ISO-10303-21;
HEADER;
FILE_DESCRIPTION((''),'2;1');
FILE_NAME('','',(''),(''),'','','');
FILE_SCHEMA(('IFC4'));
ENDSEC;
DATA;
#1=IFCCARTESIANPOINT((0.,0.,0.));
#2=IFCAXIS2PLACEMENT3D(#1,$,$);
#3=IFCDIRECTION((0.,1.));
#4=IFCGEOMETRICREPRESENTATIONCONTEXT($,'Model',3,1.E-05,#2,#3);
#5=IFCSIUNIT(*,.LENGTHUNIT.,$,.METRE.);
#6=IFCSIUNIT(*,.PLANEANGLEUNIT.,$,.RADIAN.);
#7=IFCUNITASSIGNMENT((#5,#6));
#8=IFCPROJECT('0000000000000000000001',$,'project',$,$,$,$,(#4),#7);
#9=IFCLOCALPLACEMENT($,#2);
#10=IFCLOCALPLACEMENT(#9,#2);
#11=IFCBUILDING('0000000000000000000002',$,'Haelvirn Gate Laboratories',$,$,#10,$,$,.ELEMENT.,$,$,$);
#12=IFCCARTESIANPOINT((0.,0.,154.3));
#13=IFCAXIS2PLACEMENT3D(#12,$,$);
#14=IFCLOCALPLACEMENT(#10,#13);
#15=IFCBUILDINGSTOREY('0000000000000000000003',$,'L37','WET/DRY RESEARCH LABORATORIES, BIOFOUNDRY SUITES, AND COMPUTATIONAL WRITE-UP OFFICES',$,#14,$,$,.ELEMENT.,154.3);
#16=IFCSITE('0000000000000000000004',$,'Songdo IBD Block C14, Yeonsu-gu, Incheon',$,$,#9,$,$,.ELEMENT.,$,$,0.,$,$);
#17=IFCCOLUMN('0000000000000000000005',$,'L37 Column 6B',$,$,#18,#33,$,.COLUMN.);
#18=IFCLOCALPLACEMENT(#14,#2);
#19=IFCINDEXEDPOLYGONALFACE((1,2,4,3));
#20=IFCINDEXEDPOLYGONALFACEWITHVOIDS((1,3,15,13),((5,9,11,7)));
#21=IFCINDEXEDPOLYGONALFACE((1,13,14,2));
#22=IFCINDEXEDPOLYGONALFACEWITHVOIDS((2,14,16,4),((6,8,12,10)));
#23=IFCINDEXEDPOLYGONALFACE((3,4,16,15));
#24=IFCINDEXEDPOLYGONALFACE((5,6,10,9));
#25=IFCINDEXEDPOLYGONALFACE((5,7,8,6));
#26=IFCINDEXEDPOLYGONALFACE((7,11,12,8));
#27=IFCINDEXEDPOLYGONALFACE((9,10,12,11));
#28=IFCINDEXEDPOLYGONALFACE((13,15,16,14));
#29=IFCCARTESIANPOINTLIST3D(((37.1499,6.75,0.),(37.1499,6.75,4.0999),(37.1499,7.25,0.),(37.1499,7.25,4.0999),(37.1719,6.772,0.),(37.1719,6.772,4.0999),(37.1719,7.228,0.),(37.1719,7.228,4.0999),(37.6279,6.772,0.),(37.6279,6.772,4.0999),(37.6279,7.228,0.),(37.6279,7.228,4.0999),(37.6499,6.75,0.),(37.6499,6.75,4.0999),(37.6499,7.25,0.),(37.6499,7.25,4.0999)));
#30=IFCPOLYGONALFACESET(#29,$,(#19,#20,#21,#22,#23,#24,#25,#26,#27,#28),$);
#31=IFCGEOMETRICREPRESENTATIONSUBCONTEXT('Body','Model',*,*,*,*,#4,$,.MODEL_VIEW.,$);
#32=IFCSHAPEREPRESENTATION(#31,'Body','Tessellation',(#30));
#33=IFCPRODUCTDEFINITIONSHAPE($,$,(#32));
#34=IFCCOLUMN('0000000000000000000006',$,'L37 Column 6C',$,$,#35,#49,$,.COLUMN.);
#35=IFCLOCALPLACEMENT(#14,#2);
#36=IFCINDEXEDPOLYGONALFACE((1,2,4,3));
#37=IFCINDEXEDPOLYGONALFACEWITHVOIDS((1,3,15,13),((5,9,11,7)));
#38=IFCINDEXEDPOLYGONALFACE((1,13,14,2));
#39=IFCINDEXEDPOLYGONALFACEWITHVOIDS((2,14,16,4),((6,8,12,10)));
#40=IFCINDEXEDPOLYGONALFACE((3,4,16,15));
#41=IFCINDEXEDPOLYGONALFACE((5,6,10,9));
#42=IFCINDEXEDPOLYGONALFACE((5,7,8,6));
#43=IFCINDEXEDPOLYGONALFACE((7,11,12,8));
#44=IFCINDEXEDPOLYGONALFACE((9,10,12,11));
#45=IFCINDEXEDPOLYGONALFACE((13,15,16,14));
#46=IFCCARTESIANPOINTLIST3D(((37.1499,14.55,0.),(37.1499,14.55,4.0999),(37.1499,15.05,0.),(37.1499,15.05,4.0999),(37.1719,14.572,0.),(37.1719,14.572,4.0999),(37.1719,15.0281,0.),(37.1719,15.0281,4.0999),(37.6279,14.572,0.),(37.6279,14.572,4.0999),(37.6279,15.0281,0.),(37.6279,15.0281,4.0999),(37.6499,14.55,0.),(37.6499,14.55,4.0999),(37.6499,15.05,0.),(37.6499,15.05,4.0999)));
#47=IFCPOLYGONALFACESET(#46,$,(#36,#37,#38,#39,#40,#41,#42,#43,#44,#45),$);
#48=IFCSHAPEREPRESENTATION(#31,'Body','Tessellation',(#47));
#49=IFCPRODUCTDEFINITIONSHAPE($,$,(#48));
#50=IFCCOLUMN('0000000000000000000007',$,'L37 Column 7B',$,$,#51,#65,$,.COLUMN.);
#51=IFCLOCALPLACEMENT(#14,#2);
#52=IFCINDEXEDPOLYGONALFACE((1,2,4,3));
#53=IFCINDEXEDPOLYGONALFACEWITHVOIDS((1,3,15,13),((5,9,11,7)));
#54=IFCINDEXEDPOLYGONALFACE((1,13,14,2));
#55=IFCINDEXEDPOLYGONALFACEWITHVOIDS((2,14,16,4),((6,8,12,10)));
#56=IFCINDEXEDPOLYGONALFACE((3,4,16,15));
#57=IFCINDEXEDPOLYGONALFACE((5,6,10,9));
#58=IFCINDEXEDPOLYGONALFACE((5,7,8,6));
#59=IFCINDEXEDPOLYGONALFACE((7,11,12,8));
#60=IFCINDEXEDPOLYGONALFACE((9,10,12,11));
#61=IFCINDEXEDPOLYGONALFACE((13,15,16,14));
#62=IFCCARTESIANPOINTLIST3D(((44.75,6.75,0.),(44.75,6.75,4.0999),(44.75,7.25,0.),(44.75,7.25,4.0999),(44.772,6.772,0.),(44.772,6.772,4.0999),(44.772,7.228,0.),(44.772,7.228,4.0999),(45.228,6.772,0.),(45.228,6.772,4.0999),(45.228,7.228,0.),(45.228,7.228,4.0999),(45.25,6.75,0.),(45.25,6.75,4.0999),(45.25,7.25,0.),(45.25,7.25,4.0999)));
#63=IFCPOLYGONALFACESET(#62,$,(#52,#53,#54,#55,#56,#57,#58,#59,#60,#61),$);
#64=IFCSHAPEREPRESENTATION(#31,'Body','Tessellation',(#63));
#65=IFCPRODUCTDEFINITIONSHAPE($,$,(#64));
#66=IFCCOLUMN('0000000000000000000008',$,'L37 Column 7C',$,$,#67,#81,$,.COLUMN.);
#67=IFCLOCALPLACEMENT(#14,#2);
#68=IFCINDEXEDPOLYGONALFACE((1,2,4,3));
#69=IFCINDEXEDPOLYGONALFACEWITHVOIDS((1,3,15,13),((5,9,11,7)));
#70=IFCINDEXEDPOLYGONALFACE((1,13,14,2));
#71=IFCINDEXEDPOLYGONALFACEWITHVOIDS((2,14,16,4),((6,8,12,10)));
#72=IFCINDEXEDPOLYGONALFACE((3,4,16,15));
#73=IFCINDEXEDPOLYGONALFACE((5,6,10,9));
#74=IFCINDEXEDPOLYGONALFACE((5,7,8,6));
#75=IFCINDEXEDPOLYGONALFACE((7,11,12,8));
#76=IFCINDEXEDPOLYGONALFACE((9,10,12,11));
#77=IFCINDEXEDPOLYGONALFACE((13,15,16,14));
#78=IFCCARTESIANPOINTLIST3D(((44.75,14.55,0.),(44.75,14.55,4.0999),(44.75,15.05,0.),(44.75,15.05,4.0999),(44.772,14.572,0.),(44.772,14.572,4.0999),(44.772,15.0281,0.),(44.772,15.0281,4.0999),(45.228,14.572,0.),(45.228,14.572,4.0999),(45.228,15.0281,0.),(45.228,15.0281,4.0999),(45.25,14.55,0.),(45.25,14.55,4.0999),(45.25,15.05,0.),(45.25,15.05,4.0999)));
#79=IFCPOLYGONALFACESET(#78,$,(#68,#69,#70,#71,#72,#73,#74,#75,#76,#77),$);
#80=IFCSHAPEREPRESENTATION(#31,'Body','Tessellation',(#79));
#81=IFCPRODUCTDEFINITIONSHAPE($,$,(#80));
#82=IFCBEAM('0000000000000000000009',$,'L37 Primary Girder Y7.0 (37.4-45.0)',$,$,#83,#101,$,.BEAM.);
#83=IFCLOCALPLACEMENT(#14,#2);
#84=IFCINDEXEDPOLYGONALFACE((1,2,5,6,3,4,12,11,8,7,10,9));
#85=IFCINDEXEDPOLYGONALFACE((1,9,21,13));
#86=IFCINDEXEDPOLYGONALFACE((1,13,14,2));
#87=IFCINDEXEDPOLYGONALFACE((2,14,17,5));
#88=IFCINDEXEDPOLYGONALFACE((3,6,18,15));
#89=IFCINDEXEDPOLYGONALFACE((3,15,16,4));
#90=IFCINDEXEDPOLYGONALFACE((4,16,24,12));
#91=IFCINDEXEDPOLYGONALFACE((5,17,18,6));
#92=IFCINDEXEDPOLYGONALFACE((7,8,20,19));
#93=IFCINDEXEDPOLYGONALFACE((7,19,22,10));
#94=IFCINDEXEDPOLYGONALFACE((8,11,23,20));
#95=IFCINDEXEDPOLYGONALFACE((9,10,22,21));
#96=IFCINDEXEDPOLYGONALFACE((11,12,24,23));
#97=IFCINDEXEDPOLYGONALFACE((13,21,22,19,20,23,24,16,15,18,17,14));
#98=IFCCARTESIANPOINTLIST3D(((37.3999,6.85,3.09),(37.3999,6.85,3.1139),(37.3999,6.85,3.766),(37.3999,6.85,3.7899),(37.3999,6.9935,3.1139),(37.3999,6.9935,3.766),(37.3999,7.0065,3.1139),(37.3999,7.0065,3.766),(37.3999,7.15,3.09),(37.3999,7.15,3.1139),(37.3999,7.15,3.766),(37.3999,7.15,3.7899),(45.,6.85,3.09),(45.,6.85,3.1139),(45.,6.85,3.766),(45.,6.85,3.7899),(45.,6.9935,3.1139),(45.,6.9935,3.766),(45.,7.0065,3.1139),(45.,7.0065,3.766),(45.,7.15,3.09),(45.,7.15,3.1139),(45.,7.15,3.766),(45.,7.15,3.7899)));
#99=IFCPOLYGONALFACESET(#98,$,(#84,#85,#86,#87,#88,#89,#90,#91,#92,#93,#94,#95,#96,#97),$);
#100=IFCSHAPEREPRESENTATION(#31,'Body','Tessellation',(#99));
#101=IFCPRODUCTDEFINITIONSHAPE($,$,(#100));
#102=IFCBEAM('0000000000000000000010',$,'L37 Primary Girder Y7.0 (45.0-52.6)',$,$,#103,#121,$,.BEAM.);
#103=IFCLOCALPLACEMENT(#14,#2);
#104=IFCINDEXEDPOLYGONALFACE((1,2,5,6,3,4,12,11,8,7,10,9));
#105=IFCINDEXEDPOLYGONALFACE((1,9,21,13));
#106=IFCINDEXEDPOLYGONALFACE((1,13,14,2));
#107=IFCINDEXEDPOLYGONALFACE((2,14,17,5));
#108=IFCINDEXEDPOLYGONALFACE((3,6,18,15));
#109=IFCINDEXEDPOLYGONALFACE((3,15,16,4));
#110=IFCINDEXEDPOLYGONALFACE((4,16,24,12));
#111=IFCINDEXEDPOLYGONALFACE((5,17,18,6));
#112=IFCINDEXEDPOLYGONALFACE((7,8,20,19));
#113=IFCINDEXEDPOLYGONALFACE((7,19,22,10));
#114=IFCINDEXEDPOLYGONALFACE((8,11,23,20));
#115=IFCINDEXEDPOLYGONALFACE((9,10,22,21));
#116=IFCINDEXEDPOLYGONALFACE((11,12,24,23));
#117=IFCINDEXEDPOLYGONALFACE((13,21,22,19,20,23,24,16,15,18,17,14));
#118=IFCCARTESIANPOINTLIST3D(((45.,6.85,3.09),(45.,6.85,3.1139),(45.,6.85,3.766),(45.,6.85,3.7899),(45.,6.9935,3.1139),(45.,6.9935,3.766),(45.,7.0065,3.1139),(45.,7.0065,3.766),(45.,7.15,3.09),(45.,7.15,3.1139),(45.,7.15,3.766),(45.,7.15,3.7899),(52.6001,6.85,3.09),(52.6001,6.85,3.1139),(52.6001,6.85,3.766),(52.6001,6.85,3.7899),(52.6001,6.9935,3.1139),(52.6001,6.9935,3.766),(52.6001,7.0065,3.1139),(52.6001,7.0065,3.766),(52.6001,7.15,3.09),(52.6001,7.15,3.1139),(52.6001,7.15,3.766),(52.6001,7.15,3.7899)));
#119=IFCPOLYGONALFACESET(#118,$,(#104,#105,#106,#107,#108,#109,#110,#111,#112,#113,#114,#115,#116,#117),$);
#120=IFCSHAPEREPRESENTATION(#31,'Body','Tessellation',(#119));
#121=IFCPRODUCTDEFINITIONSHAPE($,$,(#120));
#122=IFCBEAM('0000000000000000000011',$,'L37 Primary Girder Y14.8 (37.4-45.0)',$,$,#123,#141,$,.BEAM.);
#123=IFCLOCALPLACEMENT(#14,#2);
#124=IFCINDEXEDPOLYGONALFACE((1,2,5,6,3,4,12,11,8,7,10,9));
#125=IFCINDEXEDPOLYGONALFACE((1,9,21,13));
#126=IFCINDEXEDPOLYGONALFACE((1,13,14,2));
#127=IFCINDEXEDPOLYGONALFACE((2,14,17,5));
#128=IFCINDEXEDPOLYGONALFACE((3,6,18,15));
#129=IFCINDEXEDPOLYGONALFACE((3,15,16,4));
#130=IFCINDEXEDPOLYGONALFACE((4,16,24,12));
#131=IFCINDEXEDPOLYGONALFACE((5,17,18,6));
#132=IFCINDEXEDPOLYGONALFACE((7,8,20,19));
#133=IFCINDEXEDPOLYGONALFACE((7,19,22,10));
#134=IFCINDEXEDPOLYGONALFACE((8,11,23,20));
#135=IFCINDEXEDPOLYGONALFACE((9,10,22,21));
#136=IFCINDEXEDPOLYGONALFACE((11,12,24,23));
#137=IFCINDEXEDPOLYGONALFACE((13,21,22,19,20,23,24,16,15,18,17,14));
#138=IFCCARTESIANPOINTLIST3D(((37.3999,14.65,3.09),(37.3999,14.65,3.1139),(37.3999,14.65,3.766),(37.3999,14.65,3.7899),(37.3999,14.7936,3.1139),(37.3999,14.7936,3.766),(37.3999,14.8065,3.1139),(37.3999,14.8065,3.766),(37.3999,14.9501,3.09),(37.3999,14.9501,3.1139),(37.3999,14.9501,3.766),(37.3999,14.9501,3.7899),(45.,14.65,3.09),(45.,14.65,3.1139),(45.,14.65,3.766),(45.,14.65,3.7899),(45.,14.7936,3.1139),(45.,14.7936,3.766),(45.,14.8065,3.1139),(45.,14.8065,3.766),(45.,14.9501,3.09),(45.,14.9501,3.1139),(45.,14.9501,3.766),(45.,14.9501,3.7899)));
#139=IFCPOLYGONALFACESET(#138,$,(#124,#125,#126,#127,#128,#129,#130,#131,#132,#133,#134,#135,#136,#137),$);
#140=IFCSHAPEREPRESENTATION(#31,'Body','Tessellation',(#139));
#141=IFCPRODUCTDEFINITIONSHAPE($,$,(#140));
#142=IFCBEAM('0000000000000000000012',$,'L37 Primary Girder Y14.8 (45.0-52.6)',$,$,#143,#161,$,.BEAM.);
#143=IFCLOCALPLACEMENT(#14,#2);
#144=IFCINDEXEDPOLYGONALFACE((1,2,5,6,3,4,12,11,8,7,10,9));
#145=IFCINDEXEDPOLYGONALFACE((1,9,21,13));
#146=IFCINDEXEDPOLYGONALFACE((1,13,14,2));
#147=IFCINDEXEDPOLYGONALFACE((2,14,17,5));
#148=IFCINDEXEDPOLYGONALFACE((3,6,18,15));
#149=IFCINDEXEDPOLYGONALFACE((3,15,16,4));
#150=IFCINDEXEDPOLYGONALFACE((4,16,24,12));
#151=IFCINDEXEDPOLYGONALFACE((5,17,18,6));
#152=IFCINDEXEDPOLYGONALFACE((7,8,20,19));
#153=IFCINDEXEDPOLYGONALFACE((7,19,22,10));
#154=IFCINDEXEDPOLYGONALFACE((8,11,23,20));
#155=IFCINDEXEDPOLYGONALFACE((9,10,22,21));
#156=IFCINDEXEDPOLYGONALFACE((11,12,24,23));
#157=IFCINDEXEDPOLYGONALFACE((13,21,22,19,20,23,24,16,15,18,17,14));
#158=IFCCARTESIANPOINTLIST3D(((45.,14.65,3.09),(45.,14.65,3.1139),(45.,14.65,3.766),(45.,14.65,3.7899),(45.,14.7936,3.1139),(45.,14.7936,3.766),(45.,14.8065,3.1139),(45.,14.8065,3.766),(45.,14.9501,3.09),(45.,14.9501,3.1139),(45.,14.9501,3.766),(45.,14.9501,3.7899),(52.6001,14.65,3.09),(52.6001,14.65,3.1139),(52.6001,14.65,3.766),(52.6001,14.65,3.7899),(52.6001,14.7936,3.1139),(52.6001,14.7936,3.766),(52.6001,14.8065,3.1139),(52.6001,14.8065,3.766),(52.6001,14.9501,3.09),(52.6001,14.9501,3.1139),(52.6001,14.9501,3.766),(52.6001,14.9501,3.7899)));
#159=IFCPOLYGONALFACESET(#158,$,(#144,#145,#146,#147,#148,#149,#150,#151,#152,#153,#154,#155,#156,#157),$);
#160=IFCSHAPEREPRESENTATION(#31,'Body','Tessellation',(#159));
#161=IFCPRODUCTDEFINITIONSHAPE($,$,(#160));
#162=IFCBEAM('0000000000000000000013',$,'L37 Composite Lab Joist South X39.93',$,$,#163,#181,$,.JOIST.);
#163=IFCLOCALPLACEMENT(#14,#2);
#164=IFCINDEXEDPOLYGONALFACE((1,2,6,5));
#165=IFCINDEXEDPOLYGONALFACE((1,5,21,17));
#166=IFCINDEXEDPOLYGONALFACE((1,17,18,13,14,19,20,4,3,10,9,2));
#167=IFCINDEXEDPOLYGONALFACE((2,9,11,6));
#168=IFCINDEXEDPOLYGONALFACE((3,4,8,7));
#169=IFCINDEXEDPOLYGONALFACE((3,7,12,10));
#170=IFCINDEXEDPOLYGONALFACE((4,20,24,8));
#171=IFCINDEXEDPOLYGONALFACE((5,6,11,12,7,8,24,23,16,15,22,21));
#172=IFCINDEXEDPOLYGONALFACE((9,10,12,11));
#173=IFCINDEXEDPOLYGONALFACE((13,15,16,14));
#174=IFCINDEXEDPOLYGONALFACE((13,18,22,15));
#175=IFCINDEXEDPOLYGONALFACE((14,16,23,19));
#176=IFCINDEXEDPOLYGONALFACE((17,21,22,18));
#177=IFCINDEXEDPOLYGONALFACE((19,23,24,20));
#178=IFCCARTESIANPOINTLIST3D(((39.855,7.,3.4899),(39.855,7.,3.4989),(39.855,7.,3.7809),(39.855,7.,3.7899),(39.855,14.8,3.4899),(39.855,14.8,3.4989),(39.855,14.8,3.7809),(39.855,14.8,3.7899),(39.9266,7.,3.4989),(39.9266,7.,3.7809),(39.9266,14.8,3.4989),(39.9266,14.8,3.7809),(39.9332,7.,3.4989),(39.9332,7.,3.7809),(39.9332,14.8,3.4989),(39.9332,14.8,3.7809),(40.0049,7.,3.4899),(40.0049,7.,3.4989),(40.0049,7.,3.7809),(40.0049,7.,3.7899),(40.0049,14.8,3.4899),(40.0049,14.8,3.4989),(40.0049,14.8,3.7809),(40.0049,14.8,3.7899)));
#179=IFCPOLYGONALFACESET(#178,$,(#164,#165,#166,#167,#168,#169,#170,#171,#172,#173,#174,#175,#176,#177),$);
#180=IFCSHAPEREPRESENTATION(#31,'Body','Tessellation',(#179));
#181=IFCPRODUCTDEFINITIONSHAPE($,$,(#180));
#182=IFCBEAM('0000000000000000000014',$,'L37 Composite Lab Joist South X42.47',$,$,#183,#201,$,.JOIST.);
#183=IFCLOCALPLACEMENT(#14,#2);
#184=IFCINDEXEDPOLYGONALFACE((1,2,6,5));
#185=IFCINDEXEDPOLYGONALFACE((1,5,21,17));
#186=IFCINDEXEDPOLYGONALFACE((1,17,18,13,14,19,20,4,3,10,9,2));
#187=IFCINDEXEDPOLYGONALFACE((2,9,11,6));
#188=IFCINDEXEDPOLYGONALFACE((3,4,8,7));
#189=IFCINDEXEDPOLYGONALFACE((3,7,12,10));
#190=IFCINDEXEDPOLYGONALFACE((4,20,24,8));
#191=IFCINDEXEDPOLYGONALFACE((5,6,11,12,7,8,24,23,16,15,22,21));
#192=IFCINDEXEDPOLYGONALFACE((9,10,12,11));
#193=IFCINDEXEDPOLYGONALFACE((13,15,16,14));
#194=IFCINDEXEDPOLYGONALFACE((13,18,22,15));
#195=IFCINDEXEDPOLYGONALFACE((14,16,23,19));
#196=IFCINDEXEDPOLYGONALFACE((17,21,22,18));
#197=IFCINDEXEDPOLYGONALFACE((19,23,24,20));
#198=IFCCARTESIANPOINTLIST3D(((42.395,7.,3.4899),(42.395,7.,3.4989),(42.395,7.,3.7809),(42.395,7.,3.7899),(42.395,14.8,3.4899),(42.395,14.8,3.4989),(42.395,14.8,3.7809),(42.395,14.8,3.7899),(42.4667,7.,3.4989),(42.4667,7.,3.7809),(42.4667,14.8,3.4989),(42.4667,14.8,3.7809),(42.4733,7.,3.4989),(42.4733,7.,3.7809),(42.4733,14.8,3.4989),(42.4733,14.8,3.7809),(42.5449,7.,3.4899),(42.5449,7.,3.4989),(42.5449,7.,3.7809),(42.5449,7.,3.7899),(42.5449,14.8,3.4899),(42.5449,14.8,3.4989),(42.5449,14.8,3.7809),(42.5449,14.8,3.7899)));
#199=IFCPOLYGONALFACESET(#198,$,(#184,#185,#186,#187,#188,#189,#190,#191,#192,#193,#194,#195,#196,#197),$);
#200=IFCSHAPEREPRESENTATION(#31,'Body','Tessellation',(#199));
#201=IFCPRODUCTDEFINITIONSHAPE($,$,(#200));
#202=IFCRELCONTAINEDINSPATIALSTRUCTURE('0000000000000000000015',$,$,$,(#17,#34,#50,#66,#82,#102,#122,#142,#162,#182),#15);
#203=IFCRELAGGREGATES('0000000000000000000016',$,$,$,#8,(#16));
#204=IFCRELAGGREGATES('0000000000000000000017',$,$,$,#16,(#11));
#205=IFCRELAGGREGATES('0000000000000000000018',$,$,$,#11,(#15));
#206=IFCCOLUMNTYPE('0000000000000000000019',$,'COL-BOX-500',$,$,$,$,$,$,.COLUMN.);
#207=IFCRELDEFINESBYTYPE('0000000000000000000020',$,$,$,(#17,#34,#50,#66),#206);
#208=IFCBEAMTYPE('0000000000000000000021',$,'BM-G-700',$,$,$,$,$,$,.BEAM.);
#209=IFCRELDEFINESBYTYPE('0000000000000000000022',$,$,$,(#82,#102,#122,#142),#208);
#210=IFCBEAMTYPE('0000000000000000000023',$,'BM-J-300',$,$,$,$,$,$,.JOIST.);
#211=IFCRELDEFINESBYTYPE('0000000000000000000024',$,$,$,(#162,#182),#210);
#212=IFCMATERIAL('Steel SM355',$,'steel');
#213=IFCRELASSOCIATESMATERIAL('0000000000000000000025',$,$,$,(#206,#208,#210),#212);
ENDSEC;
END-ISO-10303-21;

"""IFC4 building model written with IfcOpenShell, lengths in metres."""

from ifc_helpers import new_model, si_unit, direction, frame, origin, origin_2d, place, context, subcontext, project, spatial, hollow_rectangle, i_section, extrude, source, transform, mapped, material, material_profile, profile_set, type_object, type_shapes, element, save


model = new_model("IFC4")

# Units and contexts
model_context = context("Model", 3, precision=1e-05, world=origin(), true_north=direction((0.0, 1.0)))
body_context = subcontext(model_context, "Body", "Model", "MODEL_VIEW")
ifc_project = project(units=[si_unit("LENGTHUNIT", "METRE"), si_unit("PLANEANGLEUNIT", "RADIAN")], contexts=[model_context])

# Site, building, storey
site_placement = place(None, origin())
site = spatial("IfcSite", under=ifc_project, at=site_placement, Name="Songdo IBD Block C14, Yeonsu-gu, Incheon", CompositionType="ELEMENT", RefElevation=0.0)
building_placement = place(site_placement, origin())
building = spatial("IfcBuilding", under=site, at=building_placement, Name="Haelvirn Gate Laboratories", CompositionType="ELEMENT")
storey_placement = place(building_placement, frame((0.0, 0.0, 154.3)))
storey = spatial("IfcBuildingStorey", under=building, at=storey_placement, Name="L37", Description="WET/DRY RESEARCH LABORATORIES, BIOFOUNDRY SUITES, AND COMPUTATIONAL WRITE-UP OFFICES", CompositionType="ELEMENT", Elevation=154.3)

# Columns
ifc_material_1 = material(Name="Steel SM355", Category="steel")
ifc_material_profile_1 = material_profile(ifc_material_1, hollow_rectangle(XDim=0.5, YDim=0.5, WallThickness=0.022, at=origin_2d()), Name="BOX-500x500x22")
ifc_profile_set_1 = profile_set([ifc_material_profile_1], Name="Steel SM355")
column_type = type_object("IfcColumnType", Name="COL-BOX-500", PredefinedType="COLUMN", material=ifc_profile_set_1)
shared_shape_1 = source(origin(), body_context, "Body", "SweptSolid", [
    extrude(hollow_rectangle(XDim=0.5, YDim=0.5, WallThickness=0.022, at=origin_2d()), origin(), (0.0, 0.0, 1.0), 4.0999),
])
type_shapes(column_type, [shared_shape_1])
for number, where, z_axis, x_axis, name in (
    (1, (37.3999, 7.0, 0.0), (0.0, 0.0, 1.0), (1.0, 0.0, 0.0), "L37 Column 6B"),
    (2, (37.3999, 14.8, 0.0), (0.0, 0.0, 1.0), (1.0, 0.0, 0.0), "L37 Column 6C"),
    (3, (45.0, 7.0, 0.0), (0.0, 0.0, 1.0), (1.0, 0.0, 0.0), "L37 Column 7B"),
    (4, (45.0, 14.8, 0.0), (0.0, 0.0, 1.0), (1.0, 0.0, 0.0), "L37 Column 7C"),
):
    element("IfcColumn", number, at=place(storey_placement, frame(where, z_axis=z_axis, x_axis=x_axis)), inside=storey, type_object=column_type, Name=name, PredefinedType="COLUMN", context=body_context, shape_type="MappedRepresentation", body=[
        mapped(shared_shape_1, transform((0.0, 0.0, 0.0), scale=1.0)),
    ])

# Beams
ifc_material_profile_2 = material_profile(ifc_material_1, i_section(OverallWidth=0.3, OverallDepth=0.7, WebThickness=0.0129, FlangeThickness=0.0239, at=origin_2d()), Name="H-700x300x13x24")
ifc_profile_set_2 = profile_set([ifc_material_profile_2], Name="Steel SM355")
beam_type_1 = type_object("IfcBeamType", Name="BM-G-700", PredefinedType="BEAM", material=ifc_profile_set_2)
shared_shape_2 = source(origin(), body_context, "Body", "SweptSolid", [
    extrude(i_section(OverallWidth=0.3, OverallDepth=0.7, WebThickness=0.0129, FlangeThickness=0.0239, at=origin_2d()), origin(), (0.0, 0.0, 1.0), 7.6001),
])
type_shapes(beam_type_1, [shared_shape_2])
for number, where, z_axis, x_axis, name in (
    (5, (37.3999, 7.0, 3.4399), (1.0, 0.0, 0.0), (0.0, 1.0, 0.0), "L37 Primary Girder Y7.0 (37.4-45.0)"),
    (6, (45.0, 7.0, 3.4399), (1.0, 0.0, 0.0), (0.0, 1.0, 0.0), "L37 Primary Girder Y7.0 (45.0-52.6)"),
    (7, (37.3999, 14.8, 3.4399), (1.0, 0.0, 0.0), (0.0, 1.0, 0.0), "L37 Primary Girder Y14.8 (37.4-45.0)"),
    (8, (45.0, 14.8, 3.4399), (1.0, 0.0, 0.0), (0.0, 1.0, 0.0), "L37 Primary Girder Y14.8 (45.0-52.6)"),
):
    element("IfcBeam", number, at=place(storey_placement, frame(where, z_axis=z_axis, x_axis=x_axis)), inside=storey, type_object=beam_type_1, Name=name, PredefinedType="BEAM", context=body_context, shape_type="MappedRepresentation", body=[
        mapped(shared_shape_2, transform((0.0, 0.0, 0.0), scale=1.0)),
    ])
ifc_material_profile_3 = material_profile(ifc_material_1, i_section(OverallWidth=0.1499, OverallDepth=0.3, WebThickness=0.0066, FlangeThickness=0.009, at=origin_2d()), Name="H-300x150x6.5x9")
ifc_profile_set_3 = profile_set([ifc_material_profile_3], Name="Steel SM355")
beam_type_2 = type_object("IfcBeamType", Name="BM-J-300", PredefinedType="JOIST", material=ifc_profile_set_3)
shared_shape_3 = source(origin(), body_context, "Body", "SweptSolid", [
    extrude(i_section(OverallWidth=0.1499, OverallDepth=0.3, WebThickness=0.0066, FlangeThickness=0.009, at=origin_2d()), origin(), (0.0, 0.0, 1.0), 7.8),
])
type_shapes(beam_type_2, [shared_shape_3])
for number, where, z_axis, x_axis, name in (
    (9, (39.9299, 7.0, 3.6399), (0.0, 1.0, 0.0), (-1.0, 0.0, 0.0), "L37 Composite Lab Joist South X39.93"),
    (10, (42.47, 7.0, 3.6399), (0.0, 1.0, 0.0), (-1.0, 0.0, 0.0), "L37 Composite Lab Joist South X42.47"),
):
    element("IfcBeam", number, at=place(storey_placement, frame(where, z_axis=z_axis, x_axis=x_axis)), inside=storey, type_object=beam_type_2, Name=name, PredefinedType="JOIST", context=body_context, shape_type="MappedRepresentation", body=[
        mapped(shared_shape_3, transform((0.0, 0.0, 0.0), scale=1.0)),
    ])

save(model, "model.ifc")
